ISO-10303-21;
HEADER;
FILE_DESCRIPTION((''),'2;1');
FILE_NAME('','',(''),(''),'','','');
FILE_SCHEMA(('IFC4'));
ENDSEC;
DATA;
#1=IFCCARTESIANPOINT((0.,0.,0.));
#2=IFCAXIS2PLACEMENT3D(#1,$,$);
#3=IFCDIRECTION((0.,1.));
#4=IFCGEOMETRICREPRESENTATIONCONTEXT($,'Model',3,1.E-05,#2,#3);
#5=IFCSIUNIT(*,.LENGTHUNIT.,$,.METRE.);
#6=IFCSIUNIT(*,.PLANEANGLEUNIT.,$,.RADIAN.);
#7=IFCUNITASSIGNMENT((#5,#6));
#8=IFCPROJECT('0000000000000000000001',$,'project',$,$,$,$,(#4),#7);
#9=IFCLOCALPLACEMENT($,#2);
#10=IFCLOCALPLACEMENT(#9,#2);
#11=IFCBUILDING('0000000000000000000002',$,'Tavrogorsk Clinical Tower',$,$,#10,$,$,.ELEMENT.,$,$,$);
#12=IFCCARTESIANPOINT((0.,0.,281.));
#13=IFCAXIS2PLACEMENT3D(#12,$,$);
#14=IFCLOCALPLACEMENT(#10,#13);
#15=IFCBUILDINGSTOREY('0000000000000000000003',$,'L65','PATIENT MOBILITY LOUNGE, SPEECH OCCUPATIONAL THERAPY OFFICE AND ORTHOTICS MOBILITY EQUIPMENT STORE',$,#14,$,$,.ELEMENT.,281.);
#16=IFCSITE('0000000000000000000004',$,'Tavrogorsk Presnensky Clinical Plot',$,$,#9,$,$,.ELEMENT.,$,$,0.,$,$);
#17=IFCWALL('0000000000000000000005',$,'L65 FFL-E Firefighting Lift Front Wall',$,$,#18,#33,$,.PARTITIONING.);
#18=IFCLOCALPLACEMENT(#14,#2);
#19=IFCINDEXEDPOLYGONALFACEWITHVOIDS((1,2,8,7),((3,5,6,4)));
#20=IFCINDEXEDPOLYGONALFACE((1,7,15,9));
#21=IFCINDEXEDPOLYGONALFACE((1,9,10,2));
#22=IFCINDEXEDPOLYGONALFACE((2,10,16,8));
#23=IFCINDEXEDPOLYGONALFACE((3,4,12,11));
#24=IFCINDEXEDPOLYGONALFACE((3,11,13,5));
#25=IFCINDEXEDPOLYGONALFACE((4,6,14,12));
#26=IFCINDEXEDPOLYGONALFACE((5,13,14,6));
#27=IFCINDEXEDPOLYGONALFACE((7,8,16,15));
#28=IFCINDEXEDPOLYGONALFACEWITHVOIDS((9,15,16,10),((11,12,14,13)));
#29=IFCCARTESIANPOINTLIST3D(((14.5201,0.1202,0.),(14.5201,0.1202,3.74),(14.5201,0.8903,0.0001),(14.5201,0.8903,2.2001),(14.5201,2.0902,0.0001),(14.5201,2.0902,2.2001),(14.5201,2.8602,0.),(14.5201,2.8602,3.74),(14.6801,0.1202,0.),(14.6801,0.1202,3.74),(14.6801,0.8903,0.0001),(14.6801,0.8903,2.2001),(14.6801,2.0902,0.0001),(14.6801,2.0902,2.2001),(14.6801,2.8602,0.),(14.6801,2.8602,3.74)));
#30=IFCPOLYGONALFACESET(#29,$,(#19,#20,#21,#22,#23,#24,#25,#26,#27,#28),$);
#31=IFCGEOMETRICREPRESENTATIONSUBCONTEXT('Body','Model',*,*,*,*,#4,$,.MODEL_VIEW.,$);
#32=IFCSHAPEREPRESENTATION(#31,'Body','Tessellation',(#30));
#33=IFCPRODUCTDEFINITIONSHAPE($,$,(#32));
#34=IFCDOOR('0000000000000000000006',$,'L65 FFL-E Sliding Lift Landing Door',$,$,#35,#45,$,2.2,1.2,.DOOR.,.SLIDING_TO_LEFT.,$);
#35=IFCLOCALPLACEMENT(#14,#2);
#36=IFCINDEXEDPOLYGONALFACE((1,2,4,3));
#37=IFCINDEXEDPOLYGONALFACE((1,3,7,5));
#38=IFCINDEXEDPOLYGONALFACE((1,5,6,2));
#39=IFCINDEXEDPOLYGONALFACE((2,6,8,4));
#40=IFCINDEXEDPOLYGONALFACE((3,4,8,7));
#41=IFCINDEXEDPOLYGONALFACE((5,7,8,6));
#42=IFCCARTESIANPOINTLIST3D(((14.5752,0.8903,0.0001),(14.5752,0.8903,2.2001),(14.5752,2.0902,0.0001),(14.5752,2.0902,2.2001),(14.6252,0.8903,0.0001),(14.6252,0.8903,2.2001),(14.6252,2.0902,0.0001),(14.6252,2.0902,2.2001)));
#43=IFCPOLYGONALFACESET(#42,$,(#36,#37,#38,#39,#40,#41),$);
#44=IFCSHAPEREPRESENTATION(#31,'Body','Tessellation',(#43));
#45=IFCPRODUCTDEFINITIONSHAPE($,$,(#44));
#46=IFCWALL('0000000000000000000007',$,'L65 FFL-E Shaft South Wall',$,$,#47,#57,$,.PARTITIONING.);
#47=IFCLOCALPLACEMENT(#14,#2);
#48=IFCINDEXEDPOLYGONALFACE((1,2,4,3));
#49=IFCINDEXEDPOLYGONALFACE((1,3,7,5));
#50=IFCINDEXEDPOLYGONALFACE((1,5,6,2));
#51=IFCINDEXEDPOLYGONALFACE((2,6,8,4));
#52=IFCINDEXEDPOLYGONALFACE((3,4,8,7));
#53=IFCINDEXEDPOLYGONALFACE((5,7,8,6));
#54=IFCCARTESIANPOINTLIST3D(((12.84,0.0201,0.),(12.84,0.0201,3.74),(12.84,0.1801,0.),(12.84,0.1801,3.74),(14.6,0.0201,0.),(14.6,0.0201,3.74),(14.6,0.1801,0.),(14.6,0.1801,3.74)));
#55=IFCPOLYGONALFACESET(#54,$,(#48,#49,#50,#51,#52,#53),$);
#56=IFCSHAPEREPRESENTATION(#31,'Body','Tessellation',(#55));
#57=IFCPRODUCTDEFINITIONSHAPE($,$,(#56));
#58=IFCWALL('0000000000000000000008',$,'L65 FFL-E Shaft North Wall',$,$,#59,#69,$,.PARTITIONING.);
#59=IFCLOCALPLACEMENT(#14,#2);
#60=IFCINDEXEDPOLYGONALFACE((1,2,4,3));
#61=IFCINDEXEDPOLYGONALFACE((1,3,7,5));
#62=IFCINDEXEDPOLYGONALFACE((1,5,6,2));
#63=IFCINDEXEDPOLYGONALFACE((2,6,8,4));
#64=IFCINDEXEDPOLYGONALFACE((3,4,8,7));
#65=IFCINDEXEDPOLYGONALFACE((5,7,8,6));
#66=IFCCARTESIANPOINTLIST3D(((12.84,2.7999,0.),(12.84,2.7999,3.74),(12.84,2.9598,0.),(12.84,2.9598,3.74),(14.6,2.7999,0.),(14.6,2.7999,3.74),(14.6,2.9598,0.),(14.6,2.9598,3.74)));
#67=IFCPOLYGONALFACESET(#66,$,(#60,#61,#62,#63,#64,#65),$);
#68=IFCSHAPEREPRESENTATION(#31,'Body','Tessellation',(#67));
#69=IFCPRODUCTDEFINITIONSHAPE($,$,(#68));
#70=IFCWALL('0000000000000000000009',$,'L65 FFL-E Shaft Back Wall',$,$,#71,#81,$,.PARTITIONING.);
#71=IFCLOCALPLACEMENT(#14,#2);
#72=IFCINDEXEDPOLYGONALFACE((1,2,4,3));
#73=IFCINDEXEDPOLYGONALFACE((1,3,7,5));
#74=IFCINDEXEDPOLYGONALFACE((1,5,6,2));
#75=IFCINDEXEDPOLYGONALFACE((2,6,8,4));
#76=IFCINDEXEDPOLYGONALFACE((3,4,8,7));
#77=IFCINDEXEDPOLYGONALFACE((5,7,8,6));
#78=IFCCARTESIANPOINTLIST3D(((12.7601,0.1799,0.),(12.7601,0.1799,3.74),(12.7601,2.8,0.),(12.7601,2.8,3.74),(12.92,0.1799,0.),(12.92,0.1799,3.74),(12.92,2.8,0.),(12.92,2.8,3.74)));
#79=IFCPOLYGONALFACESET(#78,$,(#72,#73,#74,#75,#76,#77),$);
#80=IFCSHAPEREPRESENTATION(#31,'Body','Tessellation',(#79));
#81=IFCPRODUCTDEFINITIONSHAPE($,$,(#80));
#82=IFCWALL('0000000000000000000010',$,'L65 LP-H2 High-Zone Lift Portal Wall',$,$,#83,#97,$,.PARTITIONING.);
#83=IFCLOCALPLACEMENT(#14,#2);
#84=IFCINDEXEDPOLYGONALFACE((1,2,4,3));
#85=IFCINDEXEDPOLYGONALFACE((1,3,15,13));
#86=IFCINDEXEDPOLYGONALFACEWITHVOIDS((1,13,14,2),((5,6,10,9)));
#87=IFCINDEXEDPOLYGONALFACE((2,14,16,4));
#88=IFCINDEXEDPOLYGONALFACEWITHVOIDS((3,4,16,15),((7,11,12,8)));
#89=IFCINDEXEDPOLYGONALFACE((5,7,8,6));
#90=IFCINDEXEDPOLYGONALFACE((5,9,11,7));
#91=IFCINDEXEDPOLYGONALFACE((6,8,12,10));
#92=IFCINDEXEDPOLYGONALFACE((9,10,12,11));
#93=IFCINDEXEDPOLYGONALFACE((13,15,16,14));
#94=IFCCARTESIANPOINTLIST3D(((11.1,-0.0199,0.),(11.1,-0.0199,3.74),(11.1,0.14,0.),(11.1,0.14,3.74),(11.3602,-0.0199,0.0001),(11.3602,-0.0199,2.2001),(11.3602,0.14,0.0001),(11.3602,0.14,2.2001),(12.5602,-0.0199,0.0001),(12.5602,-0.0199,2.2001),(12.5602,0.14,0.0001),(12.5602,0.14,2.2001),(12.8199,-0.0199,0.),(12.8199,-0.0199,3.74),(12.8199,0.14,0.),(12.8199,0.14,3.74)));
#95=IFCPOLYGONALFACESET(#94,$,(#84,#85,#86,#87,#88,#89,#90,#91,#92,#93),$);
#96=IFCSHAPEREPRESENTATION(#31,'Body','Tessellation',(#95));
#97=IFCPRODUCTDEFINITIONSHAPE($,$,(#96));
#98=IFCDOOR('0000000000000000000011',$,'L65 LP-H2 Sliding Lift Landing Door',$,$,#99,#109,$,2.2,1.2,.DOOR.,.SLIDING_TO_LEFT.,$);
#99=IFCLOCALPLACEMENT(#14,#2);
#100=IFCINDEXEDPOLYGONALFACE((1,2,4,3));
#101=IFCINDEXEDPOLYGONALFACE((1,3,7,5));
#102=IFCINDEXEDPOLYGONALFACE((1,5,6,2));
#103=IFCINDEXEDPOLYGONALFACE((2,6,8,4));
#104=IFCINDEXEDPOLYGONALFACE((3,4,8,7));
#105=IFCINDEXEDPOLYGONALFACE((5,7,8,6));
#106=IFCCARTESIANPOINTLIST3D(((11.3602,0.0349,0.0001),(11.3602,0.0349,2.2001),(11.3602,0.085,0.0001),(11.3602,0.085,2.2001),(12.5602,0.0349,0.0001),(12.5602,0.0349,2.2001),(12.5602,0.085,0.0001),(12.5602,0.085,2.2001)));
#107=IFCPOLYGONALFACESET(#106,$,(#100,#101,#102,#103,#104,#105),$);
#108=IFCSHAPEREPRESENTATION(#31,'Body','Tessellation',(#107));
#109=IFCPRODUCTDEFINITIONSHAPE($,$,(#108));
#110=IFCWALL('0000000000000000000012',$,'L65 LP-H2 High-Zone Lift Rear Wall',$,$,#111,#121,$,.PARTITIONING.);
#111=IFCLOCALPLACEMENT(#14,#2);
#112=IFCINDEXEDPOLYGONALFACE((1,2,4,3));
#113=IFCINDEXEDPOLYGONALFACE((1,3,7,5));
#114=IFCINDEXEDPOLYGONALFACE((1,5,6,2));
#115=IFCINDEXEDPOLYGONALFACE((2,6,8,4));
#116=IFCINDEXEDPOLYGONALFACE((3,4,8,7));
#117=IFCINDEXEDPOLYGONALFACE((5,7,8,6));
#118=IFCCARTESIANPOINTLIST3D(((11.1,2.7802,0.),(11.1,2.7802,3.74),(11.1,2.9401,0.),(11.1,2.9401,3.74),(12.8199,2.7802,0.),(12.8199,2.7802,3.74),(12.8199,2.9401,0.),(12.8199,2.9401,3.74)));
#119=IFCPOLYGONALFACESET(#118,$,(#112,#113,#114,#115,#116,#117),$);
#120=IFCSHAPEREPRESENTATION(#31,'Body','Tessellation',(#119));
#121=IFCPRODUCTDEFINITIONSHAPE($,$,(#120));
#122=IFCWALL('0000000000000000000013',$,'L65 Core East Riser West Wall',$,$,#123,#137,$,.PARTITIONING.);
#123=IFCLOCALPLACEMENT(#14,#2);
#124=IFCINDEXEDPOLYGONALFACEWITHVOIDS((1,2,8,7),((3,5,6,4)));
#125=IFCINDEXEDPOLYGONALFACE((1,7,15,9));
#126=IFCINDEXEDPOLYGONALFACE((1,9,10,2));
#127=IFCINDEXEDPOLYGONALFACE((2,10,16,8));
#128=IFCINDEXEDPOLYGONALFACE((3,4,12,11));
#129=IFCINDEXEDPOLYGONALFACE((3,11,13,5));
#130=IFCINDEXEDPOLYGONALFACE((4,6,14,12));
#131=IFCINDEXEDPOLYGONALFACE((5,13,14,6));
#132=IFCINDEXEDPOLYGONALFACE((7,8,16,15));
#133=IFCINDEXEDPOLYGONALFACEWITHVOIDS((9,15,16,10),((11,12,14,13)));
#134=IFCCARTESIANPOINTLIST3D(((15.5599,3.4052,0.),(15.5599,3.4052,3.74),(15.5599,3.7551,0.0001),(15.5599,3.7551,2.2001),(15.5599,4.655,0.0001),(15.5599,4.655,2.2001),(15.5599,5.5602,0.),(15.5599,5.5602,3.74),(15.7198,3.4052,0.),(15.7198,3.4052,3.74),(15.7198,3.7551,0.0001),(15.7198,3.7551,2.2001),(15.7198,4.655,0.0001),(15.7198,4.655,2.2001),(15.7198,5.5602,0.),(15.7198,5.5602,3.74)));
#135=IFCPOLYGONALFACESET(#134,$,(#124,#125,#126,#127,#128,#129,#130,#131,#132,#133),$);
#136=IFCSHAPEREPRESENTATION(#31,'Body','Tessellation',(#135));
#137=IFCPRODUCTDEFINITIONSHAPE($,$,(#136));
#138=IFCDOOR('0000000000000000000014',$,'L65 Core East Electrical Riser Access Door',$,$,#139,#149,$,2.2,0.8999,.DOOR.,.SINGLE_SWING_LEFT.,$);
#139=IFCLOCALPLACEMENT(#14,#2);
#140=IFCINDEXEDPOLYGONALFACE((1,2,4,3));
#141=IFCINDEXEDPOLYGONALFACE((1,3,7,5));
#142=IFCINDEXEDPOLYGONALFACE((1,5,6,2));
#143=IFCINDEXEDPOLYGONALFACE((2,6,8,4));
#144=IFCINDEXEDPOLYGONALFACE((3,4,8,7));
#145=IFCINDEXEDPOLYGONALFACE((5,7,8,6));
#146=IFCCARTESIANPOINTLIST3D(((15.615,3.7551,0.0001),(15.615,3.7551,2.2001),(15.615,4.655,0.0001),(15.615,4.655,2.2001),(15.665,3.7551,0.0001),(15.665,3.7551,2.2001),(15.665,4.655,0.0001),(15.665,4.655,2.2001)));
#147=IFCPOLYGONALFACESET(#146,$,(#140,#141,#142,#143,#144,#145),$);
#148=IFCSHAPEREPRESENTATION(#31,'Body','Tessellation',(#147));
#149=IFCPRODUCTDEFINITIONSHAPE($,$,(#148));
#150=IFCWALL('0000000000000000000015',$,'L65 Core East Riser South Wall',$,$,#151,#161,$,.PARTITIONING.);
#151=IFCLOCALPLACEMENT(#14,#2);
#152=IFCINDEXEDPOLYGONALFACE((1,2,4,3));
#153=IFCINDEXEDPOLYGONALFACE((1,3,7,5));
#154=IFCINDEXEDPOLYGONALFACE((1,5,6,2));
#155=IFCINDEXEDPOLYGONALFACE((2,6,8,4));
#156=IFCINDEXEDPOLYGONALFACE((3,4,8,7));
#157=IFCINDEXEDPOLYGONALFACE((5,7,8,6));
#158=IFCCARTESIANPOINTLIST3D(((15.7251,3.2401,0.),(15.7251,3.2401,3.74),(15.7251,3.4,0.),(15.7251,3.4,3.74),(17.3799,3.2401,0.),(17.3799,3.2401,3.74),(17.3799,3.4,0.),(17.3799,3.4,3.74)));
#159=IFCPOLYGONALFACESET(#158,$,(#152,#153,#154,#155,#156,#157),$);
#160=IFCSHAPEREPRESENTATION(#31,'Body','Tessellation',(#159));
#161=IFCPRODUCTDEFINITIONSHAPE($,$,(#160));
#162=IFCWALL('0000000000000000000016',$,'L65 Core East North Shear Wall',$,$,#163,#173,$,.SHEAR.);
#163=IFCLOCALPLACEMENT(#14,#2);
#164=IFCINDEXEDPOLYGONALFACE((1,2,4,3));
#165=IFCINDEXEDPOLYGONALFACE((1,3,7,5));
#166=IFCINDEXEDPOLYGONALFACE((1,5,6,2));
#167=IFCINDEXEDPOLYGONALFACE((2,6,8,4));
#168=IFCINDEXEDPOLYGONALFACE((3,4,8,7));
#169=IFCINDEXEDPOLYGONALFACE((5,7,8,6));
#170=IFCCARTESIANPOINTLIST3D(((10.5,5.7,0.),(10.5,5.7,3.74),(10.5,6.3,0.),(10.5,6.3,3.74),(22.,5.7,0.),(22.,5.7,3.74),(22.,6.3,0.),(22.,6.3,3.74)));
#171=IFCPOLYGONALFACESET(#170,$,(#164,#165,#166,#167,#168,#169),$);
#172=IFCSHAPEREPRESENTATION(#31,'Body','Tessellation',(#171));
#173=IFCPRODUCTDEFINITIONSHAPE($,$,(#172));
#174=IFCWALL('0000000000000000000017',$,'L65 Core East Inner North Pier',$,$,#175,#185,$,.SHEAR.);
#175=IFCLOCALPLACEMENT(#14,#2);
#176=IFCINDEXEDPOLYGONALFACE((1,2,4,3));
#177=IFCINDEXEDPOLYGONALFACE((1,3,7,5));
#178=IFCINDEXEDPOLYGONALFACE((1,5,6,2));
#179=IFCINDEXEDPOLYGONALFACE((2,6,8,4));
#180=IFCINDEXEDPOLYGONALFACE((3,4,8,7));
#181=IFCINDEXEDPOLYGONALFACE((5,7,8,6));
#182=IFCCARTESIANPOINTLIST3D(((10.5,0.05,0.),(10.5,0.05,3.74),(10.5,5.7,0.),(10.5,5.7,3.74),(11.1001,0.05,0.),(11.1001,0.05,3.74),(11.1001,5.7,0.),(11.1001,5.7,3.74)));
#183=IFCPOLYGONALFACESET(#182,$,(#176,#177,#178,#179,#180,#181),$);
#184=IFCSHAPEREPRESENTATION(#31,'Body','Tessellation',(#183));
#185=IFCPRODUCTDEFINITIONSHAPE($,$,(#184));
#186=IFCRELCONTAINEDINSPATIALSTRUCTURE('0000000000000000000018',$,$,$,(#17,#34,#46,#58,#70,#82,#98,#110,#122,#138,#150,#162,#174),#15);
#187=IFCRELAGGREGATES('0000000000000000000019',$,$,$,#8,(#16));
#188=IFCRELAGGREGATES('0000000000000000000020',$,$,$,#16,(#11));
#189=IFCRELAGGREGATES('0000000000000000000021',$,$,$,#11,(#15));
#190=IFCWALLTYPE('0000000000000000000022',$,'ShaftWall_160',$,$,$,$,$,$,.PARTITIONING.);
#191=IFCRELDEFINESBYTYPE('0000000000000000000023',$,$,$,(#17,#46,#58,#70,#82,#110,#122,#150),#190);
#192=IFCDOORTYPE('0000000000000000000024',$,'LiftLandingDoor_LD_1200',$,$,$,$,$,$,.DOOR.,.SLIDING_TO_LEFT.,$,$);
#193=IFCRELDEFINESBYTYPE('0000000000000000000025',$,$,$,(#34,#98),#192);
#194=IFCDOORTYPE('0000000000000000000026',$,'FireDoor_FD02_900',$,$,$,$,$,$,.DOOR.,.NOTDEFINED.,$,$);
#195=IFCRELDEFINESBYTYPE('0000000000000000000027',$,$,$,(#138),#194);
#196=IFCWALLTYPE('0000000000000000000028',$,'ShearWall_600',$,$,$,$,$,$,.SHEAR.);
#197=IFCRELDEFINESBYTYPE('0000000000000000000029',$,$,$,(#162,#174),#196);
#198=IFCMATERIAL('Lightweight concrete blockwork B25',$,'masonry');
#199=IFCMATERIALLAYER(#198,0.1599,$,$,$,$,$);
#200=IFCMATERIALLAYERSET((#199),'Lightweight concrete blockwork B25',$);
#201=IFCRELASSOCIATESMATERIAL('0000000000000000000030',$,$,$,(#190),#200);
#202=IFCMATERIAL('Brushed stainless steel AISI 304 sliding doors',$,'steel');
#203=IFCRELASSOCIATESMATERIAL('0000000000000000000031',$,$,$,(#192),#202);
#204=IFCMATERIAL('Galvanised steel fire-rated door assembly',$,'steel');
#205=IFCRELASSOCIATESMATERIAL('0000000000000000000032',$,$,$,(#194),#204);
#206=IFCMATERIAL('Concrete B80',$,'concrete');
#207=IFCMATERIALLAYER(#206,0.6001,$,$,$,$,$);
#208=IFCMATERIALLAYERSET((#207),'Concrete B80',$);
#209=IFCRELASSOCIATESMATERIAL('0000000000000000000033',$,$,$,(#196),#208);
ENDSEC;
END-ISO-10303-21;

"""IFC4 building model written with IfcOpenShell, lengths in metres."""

from ifc_helpers import new_model, si_unit, direction, frame, frame_2d, origin, place, context, subcontext, project, spatial, rectangle, extrude, material, layer, layer_set, type_object, element, fill, save


model = new_model("IFC4")

# Units and contexts
model_context = context("Model", 3, precision=1e-05, world=origin(), true_north=direction((0.0, 1.0)))
body_context = subcontext(model_context, "Body", "Model", "MODEL_VIEW")
ifc_project = project(units=[si_unit("LENGTHUNIT", "METRE"), si_unit("PLANEANGLEUNIT", "RADIAN")], contexts=[model_context])

# Site, building, storey
site_placement = place(None, origin())
site = spatial("IfcSite", under=ifc_project, at=site_placement, Name="Tavrogorsk Presnensky Clinical Plot", CompositionType="ELEMENT", RefElevation=0.0)
building_placement = place(site_placement, origin())
building = spatial("IfcBuilding", under=site, at=building_placement, Name="Tavrogorsk Clinical Tower", CompositionType="ELEMENT")
storey_placement = place(building_placement, frame((0.0, 0.0, 281.0)))
storey = spatial("IfcBuildingStorey", under=building, at=storey_placement, Name="L65", Description="PATIENT MOBILITY LOUNGE, SPEECH OCCUPATIONAL THERAPY OFFICE AND ORTHOTICS MOBILITY EQUIPMENT STORE", CompositionType="ELEMENT", Elevation=281.0)

# Wall, opening, door
ifc_material_1 = material(Name="Lightweight concrete blockwork B25", Category="masonry")
ifc_layer_1 = layer(ifc_material_1, 0.1599)
ifc_layer_set_1 = layer_set([ifc_layer_1], Name="Lightweight concrete blockwork B25")
wall_type_1 = type_object("IfcWallType", Name="ShaftWall_160", PredefinedType="PARTITIONING", material=ifc_layer_set_1)
wall_1_placement = place(storey_placement, frame((14.6001, 0.1201, 0.0), z_axis=(0.0, 0.0, 1.0), x_axis=(0.0, 1.0, 0.0)))
wall_1 = element("IfcWall", 1, at=wall_1_placement, inside=storey, type_object=wall_type_1, Name="L65 FFL-E Firefighting Lift Front Wall", PredefinedType="PARTITIONING", context=body_context, shape_type="SweptSolid", body=[
    extrude(rectangle(XDim=2.74, YDim=0.1599, at=frame_2d((1.3701, 0.0))), origin(), (0.0, 0.0, 1.0), 3.74),
])
opening_1_placement = place(wall_1_placement, frame((0.77, 0.0, 0.0)))
opening_1 = element("IfcOpeningElement", 2, at=opening_1_placement, cuts=wall_1, PredefinedType="OPENING", context=body_context, shape_type="SweptSolid", body=[
    extrude(rectangle(XDim=1.2, YDim=2.2, at=frame_2d((0.6001, 1.1001))), frame((0.0, 0.0898, 0.0), z_axis=(0.0, -1.0, 0.0), x_axis=(1.0, 0.0, 0.0)), (0.0, 0.0, 1.0), 0.1799),
])
ifc_material_2 = material(Name="Brushed stainless steel AISI 304 sliding doors", Category="steel")
door_type_1 = type_object("IfcDoorType", Name="LiftLandingDoor_LD_1200", OperationType="SLIDING_TO_LEFT", PredefinedType="DOOR", material=ifc_material_2)
door_1_placement = place(opening_1_placement, origin())
door_1 = element("IfcDoor", 3, at=door_1_placement, inside=storey, type_object=door_type_1, Name="L65 FFL-E Sliding Lift Landing Door", OperationType="SLIDING_TO_LEFT", OverallHeight=2.2, OverallWidth=1.2, PredefinedType="DOOR", context=body_context, shape_type="SweptSolid", body=[
    extrude(rectangle(XDim=1.2, YDim=2.2, at=frame_2d((0.6001, 1.1001))), frame((0.0, 0.0249, 0.0), z_axis=(0.0, -1.0, 0.0), x_axis=(1.0, 0.0, 0.0)), (0.0, 0.0, 1.0), 0.05),
])
fill(opening_1, door_1)

# Walls
for number, where, z_axis, x_axis, name in (
    (4, (12.8401, 0.1001, 0.0), (0.0, 0.0, 1.0), (1.0, 0.0, 0.0), "L65 FFL-E Shaft South Wall"),
    (5, (12.8401, 2.8799, 0.0), (0.0, 0.0, 1.0), (1.0, 0.0, 0.0), "L65 FFL-E Shaft North Wall"),
):
    element("IfcWall", number, at=place(storey_placement, frame(where, z_axis=z_axis, x_axis=x_axis)), inside=storey, type_object=wall_type_1, Name=name, PredefinedType="PARTITIONING", context=body_context, shape_type="SweptSolid", body=[
        extrude(rectangle(XDim=1.76, YDim=0.1599, at=frame_2d((0.8799, 0.0))), origin(), (0.0, 0.0, 1.0), 3.74),
    ])
wall_2_placement = place(storey_placement, frame((12.8401, 0.1799, 0.0), z_axis=(0.0, 0.0, 1.0), x_axis=(0.0, 1.0, 0.0)))
element("IfcWall", 6, at=wall_2_placement, inside=storey, type_object=wall_type_1, Name="L65 FFL-E Shaft Back Wall", PredefinedType="PARTITIONING", context=body_context, shape_type="SweptSolid", body=[
    extrude(rectangle(XDim=2.6201, YDim=0.1599, at=frame_2d((1.3101, 0.0))), origin(), (0.0, 0.0, 1.0), 3.74),
])

# Wall, opening, door
wall_3_placement = place(storey_placement, frame((11.1001, 0.0601, 0.0), z_axis=(0.0, 0.0, 1.0), x_axis=(1.0, 0.0, 0.0)))
wall_3 = element("IfcWall", 7, at=wall_3_placement, inside=storey, type_object=wall_type_1, Name="L65 LP-H2 High-Zone Lift Portal Wall", PredefinedType="PARTITIONING", context=body_context, shape_type="SweptSolid", body=[
    extrude(rectangle(XDim=1.72, YDim=0.1599, at=frame_2d((0.8599, 0.0))), origin(), (0.0, 0.0, 1.0), 3.74),
])
opening_2_placement = place(wall_3_placement, frame((0.26, 0.0, 0.0)))
opening_2 = element("IfcOpeningElement", 8, at=opening_2_placement, cuts=wall_3, PredefinedType="OPENING", context=body_context, shape_type="SweptSolid", body=[
    extrude(rectangle(XDim=1.2, YDim=2.2, at=frame_2d((0.6001, 1.1001))), frame((0.0, 0.0898, 0.0), z_axis=(0.0, -1.0, 0.0), x_axis=(1.0, 0.0, 0.0)), (0.0, 0.0, 1.0), 0.1799),
])
door_2_placement = place(opening_2_placement, origin())
door_2 = element("IfcDoor", 9, at=door_2_placement, inside=storey, type_object=door_type_1, Name="L65 LP-H2 Sliding Lift Landing Door", OperationType="SLIDING_TO_LEFT", OverallHeight=2.2, OverallWidth=1.2, PredefinedType="DOOR", context=body_context, shape_type="SweptSolid", body=[
    extrude(rectangle(XDim=1.2, YDim=2.2, at=frame_2d((0.6001, 1.1001))), frame((0.0, 0.0249, 0.0), z_axis=(0.0, -1.0, 0.0), x_axis=(1.0, 0.0, 0.0)), (0.0, 0.0, 1.0), 0.05),
])
fill(opening_2, door_2)

# Wall
wall_4_placement = place(storey_placement, frame((11.1001, 2.8601, 0.0), z_axis=(0.0, 0.0, 1.0), x_axis=(1.0, 0.0, 0.0)))
element("IfcWall", 10, at=wall_4_placement, inside=storey, type_object=wall_type_1, Name="L65 LP-H2 High-Zone Lift Rear Wall", PredefinedType="PARTITIONING", context=body_context, shape_type="SweptSolid", body=[
    extrude(rectangle(XDim=1.72, YDim=0.1599, at=frame_2d((0.8599, 0.0))), origin(), (0.0, 0.0, 1.0), 3.74),
])

# Wall, opening, door
wall_5_placement = place(storey_placement, frame((15.6399, 3.405, 0.0), z_axis=(0.0, 0.0, 1.0), x_axis=(0.0, 1.0, 0.0)))
wall_5 = element("IfcWall", 11, at=wall_5_placement, inside=storey, type_object=wall_type_1, Name="L65 Core East Riser West Wall", PredefinedType="PARTITIONING", context=body_context, shape_type="SweptSolid", body=[
    extrude(rectangle(XDim=2.155, YDim=0.1599, at=frame_2d((1.0776, 0.0))), origin(), (0.0, 0.0, 1.0), 3.74),
])
opening_3_placement = place(wall_5_placement, frame((0.3501, 0.0, 0.0)))
opening_3 = element("IfcOpeningElement", 12, at=opening_3_placement, cuts=wall_5, PredefinedType="OPENING", context=body_context, shape_type="SweptSolid", body=[
    extrude(rectangle(XDim=0.8999, YDim=2.2, at=frame_2d((0.45, 1.1001))), frame((0.0, 0.0898, 0.0), z_axis=(0.0, -1.0, 0.0), x_axis=(1.0, 0.0, 0.0)), (0.0, 0.0, 1.0), 0.1799),
])
ifc_material_3 = material(Name="Galvanised steel fire-rated door assembly", Category="steel")
door_type_2 = type_object("IfcDoorType", Name="FireDoor_FD02_900", OperationType="NOTDEFINED", PredefinedType="DOOR", material=ifc_material_3)
door_3_placement = place(opening_3_placement, origin())
door_3 = element("IfcDoor", 13, at=door_3_placement, inside=storey, type_object=door_type_2, Name="L65 Core East Electrical Riser Access Door", OperationType="SINGLE_SWING_LEFT", OverallHeight=2.2, OverallWidth=0.8999, PredefinedType="DOOR", context=body_context, shape_type="SweptSolid", body=[
    extrude(rectangle(XDim=0.8999, YDim=2.2, at=frame_2d((0.45, 1.1001))), frame((0.0, 0.0249, 0.0), z_axis=(0.0, -1.0, 0.0), x_axis=(1.0, 0.0, 0.0)), (0.0, 0.0, 1.0), 0.05),
])
fill(opening_3, door_3)

# Walls
wall_6_placement = place(storey_placement, frame((15.7251, 3.3201, 0.0), z_axis=(0.0, 0.0, 1.0), x_axis=(1.0, 0.0, 0.0)))
element("IfcWall", 14, at=wall_6_placement, inside=storey, type_object=wall_type_1, Name="L65 Core East Riser South Wall", PredefinedType="PARTITIONING", context=body_context, shape_type="SweptSolid", body=[
    extrude(rectangle(XDim=1.6548, YDim=0.1599, at=frame_2d((0.8274, 0.0))), origin(), (0.0, 0.0, 1.0), 3.74),
])
ifc_material_4 = material(Name="Concrete B80", Category="concrete")
ifc_layer_2 = layer(ifc_material_4, 0.6001)
ifc_layer_set_2 = layer_set([ifc_layer_2], Name="Concrete B80")
wall_type_2 = type_object("IfcWallType", Name="ShearWall_600", PredefinedType="SHEAR", material=ifc_layer_set_2)
wall_7_placement = place(storey_placement, frame((10.5, 6.0, 0.0), z_axis=(0.0, 0.0, 1.0), x_axis=(1.0, 0.0, 0.0)))
element("IfcWall", 15, at=wall_7_placement, inside=storey, type_object=wall_type_2, Name="L65 Core East North Shear Wall", PredefinedType="SHEAR", context=body_context, shape_type="SweptSolid", body=[
    extrude(rectangle(XDim=11.5, YDim=0.6001, at=frame_2d((5.75, 0.0))), origin(), (0.0, 0.0, 1.0), 3.74),
])
wall_8_placement = place(storey_placement, frame((10.8, 0.05, 0.0), z_axis=(0.0, 0.0, 1.0), x_axis=(0.0, 1.0, 0.0)))
element("IfcWall", 16, at=wall_8_placement, inside=storey, type_object=wall_type_2, Name="L65 Core East Inner North Pier", PredefinedType="SHEAR", context=body_context, shape_type="SweptSolid", body=[
    extrude(rectangle(XDim=5.6499, YDim=0.6001, at=frame_2d((2.825, 0.0))), origin(), (0.0, 0.0, 1.0), 3.74),
])

save(model, "model.ifc")
